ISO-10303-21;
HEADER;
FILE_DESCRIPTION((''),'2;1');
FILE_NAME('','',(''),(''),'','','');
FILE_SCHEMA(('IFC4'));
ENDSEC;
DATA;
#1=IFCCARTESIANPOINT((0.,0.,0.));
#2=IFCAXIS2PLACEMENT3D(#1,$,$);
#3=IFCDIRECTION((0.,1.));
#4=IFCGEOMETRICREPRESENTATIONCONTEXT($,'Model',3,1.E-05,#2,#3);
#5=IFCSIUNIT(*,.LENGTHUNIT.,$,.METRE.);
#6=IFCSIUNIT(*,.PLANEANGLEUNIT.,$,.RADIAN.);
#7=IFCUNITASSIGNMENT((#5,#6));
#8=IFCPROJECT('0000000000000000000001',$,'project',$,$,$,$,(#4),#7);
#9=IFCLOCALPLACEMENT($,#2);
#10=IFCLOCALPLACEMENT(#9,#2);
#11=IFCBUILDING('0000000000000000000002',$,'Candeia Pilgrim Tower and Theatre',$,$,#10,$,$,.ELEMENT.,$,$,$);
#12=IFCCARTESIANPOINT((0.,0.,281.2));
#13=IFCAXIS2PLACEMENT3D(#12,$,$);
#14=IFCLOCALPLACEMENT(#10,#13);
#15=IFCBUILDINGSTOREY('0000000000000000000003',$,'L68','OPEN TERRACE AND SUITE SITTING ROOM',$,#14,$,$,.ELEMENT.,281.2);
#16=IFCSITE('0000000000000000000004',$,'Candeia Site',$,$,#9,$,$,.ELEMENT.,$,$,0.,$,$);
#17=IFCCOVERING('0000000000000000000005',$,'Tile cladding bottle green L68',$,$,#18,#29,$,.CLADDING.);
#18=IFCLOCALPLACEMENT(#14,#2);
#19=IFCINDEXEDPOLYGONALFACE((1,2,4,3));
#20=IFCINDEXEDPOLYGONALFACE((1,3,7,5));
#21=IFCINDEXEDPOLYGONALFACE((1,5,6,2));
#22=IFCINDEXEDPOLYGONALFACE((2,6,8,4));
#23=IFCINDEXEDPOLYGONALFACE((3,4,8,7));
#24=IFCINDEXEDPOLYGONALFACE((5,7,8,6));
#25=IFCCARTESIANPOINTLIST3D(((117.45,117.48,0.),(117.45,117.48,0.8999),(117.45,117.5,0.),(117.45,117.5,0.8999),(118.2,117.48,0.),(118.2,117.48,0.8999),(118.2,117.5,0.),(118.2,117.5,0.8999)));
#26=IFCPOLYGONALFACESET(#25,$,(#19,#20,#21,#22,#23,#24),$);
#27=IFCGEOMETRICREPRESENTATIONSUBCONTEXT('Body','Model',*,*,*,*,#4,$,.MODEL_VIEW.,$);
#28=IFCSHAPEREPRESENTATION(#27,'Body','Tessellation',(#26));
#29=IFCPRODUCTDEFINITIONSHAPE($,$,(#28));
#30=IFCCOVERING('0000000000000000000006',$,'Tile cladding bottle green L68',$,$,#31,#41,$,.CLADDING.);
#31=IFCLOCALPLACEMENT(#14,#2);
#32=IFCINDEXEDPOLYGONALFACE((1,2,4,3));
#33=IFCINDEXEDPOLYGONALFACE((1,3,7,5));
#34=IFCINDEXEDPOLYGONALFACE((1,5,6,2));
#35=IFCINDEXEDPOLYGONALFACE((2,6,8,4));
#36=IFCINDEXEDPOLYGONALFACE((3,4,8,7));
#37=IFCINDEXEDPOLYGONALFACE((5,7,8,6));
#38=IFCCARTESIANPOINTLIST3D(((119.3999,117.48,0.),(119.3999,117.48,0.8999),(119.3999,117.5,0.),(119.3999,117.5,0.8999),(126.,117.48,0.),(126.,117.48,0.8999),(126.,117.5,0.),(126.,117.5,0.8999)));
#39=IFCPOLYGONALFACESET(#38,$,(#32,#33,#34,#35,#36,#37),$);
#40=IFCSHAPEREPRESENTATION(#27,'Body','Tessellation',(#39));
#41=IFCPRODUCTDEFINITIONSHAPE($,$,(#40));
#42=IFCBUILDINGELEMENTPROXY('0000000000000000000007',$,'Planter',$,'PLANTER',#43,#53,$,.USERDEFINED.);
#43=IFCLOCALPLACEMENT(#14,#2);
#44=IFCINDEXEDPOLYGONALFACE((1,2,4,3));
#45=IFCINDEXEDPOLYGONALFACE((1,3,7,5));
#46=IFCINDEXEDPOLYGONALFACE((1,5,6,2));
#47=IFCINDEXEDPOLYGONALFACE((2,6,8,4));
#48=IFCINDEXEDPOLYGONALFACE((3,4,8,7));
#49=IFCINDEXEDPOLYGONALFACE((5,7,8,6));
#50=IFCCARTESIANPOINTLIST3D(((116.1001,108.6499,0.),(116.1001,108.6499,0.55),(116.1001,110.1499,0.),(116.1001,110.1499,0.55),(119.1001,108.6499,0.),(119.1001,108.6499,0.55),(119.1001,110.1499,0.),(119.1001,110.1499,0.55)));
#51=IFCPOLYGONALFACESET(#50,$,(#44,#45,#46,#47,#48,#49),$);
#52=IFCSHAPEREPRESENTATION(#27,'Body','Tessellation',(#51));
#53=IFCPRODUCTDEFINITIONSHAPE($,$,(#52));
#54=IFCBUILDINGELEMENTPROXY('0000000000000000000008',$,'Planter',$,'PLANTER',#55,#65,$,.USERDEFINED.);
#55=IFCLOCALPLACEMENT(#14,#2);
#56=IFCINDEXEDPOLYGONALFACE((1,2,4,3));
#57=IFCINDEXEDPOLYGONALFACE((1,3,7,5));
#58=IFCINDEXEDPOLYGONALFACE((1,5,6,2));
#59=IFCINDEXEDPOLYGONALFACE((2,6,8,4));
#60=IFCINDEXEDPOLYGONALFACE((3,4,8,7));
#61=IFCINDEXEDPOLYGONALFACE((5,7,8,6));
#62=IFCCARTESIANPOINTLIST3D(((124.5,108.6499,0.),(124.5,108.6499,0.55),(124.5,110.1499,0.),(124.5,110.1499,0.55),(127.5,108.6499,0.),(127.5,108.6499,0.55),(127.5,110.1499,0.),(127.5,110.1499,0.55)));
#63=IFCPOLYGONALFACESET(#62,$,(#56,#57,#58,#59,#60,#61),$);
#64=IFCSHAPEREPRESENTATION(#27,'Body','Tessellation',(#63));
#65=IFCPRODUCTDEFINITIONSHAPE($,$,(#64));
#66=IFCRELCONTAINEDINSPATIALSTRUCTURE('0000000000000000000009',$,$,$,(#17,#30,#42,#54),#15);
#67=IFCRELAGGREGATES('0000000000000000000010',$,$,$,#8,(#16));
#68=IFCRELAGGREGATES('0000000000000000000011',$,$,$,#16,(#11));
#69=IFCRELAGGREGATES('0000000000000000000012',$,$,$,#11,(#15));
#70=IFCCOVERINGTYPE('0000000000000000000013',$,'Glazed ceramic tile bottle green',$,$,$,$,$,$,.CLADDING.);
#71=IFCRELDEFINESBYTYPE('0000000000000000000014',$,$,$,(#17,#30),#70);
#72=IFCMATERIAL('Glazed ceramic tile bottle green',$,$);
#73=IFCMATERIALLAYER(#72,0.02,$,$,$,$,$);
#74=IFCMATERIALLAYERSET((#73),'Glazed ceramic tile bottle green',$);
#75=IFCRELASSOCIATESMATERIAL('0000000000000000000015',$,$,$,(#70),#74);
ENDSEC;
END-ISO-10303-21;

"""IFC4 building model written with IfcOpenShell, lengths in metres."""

from ifc_helpers import new_model, si_unit, direction, frame, origin, origin_2d, place, context, subcontext, project, spatial, rectangle, extrude, material, layer, layer_set, type_object, element, save


model = new_model("IFC4")

# Units and contexts
model_context = context("Model", 3, precision=1e-05, world=origin(), true_north=direction((0.0, 1.0)))
body_context = subcontext(model_context, "Body", "Model", "MODEL_VIEW")
ifc_project = project(units=[si_unit("LENGTHUNIT", "METRE"), si_unit("PLANEANGLEUNIT", "RADIAN")], contexts=[model_context])

# Site, building, storey
site_placement = place(None, origin())
site = spatial("IfcSite", under=ifc_project, at=site_placement, Name="Candeia Site", CompositionType="ELEMENT", RefElevation=0.0)
building_placement = place(site_placement, origin())
building = spatial("IfcBuilding", under=site, at=building_placement, Name="Candeia Pilgrim Tower and Theatre", CompositionType="ELEMENT")
storey_placement = place(building_placement, frame((0.0, 0.0, 281.2)))
storey = spatial("IfcBuildingStorey", under=building, at=storey_placement, Name="L68", Description="OPEN TERRACE AND SUITE SITTING ROOM", CompositionType="ELEMENT", Elevation=281.2)

# Coverings
ifc_material_1 = material(Name="Glazed ceramic tile bottle green")
ifc_layer_1 = layer(ifc_material_1, 0.02)
ifc_layer_set_1 = layer_set([ifc_layer_1], Name="Glazed ceramic tile bottle green")
covering_type = type_object("IfcCoveringType", Name="Glazed ceramic tile bottle green", PredefinedType="CLADDING", material=ifc_layer_set_1)
covering_1_placement = place(storey_placement, frame((117.825, 117.49, 0.0), z_axis=(0.0, 0.0, 1.0), x_axis=(1.0, 0.0, 0.0)))
element("IfcCovering", 1, at=covering_1_placement, inside=storey, type_object=covering_type, Name="Tile cladding bottle green L68", PredefinedType="CLADDING", context=body_context, shape_type="SweptSolid", body=[
    extrude(rectangle(XDim=0.75, YDim=0.02, at=origin_2d()), origin(), (0.0, 0.0, 1.0), 0.8999),
])
covering_2_placement = place(storey_placement, frame((122.7, 117.49, 0.0), z_axis=(0.0, 0.0, 1.0), x_axis=(1.0, 0.0, 0.0)))
element("IfcCovering", 2, at=covering_2_placement, inside=storey, type_object=covering_type, Name="Tile cladding bottle green L68", PredefinedType="CLADDING", context=body_context, shape_type="SweptSolid", body=[
    extrude(rectangle(XDim=6.6001, YDim=0.02, at=origin_2d()), origin(), (0.0, 0.0, 1.0), 0.8999),
])

# Building element proxies
for number, where, z_axis, x_axis, name in (
    (3, (117.6001, 109.3999, 0.0), (0.0, 0.0, 1.0), (1.0, 0.0, 0.0), "Planter"),
    (4, (126.0, 109.3999, 0.0), (0.0, 0.0, 1.0), (1.0, 0.0, 0.0), "Planter"),
):
    element("IfcBuildingElementProxy", number, at=place(storey_placement, frame(where, z_axis=z_axis, x_axis=x_axis)), inside=storey, Name=name, ObjectType="PLANTER", PredefinedType="USERDEFINED", context=body_context, shape_type="SweptSolid", body=[
        extrude(rectangle(XDim=3.0, YDim=1.5, at=origin_2d()), origin(), (0.0, 0.0, 1.0), 0.55),
    ])

save(model, "model.ifc")
